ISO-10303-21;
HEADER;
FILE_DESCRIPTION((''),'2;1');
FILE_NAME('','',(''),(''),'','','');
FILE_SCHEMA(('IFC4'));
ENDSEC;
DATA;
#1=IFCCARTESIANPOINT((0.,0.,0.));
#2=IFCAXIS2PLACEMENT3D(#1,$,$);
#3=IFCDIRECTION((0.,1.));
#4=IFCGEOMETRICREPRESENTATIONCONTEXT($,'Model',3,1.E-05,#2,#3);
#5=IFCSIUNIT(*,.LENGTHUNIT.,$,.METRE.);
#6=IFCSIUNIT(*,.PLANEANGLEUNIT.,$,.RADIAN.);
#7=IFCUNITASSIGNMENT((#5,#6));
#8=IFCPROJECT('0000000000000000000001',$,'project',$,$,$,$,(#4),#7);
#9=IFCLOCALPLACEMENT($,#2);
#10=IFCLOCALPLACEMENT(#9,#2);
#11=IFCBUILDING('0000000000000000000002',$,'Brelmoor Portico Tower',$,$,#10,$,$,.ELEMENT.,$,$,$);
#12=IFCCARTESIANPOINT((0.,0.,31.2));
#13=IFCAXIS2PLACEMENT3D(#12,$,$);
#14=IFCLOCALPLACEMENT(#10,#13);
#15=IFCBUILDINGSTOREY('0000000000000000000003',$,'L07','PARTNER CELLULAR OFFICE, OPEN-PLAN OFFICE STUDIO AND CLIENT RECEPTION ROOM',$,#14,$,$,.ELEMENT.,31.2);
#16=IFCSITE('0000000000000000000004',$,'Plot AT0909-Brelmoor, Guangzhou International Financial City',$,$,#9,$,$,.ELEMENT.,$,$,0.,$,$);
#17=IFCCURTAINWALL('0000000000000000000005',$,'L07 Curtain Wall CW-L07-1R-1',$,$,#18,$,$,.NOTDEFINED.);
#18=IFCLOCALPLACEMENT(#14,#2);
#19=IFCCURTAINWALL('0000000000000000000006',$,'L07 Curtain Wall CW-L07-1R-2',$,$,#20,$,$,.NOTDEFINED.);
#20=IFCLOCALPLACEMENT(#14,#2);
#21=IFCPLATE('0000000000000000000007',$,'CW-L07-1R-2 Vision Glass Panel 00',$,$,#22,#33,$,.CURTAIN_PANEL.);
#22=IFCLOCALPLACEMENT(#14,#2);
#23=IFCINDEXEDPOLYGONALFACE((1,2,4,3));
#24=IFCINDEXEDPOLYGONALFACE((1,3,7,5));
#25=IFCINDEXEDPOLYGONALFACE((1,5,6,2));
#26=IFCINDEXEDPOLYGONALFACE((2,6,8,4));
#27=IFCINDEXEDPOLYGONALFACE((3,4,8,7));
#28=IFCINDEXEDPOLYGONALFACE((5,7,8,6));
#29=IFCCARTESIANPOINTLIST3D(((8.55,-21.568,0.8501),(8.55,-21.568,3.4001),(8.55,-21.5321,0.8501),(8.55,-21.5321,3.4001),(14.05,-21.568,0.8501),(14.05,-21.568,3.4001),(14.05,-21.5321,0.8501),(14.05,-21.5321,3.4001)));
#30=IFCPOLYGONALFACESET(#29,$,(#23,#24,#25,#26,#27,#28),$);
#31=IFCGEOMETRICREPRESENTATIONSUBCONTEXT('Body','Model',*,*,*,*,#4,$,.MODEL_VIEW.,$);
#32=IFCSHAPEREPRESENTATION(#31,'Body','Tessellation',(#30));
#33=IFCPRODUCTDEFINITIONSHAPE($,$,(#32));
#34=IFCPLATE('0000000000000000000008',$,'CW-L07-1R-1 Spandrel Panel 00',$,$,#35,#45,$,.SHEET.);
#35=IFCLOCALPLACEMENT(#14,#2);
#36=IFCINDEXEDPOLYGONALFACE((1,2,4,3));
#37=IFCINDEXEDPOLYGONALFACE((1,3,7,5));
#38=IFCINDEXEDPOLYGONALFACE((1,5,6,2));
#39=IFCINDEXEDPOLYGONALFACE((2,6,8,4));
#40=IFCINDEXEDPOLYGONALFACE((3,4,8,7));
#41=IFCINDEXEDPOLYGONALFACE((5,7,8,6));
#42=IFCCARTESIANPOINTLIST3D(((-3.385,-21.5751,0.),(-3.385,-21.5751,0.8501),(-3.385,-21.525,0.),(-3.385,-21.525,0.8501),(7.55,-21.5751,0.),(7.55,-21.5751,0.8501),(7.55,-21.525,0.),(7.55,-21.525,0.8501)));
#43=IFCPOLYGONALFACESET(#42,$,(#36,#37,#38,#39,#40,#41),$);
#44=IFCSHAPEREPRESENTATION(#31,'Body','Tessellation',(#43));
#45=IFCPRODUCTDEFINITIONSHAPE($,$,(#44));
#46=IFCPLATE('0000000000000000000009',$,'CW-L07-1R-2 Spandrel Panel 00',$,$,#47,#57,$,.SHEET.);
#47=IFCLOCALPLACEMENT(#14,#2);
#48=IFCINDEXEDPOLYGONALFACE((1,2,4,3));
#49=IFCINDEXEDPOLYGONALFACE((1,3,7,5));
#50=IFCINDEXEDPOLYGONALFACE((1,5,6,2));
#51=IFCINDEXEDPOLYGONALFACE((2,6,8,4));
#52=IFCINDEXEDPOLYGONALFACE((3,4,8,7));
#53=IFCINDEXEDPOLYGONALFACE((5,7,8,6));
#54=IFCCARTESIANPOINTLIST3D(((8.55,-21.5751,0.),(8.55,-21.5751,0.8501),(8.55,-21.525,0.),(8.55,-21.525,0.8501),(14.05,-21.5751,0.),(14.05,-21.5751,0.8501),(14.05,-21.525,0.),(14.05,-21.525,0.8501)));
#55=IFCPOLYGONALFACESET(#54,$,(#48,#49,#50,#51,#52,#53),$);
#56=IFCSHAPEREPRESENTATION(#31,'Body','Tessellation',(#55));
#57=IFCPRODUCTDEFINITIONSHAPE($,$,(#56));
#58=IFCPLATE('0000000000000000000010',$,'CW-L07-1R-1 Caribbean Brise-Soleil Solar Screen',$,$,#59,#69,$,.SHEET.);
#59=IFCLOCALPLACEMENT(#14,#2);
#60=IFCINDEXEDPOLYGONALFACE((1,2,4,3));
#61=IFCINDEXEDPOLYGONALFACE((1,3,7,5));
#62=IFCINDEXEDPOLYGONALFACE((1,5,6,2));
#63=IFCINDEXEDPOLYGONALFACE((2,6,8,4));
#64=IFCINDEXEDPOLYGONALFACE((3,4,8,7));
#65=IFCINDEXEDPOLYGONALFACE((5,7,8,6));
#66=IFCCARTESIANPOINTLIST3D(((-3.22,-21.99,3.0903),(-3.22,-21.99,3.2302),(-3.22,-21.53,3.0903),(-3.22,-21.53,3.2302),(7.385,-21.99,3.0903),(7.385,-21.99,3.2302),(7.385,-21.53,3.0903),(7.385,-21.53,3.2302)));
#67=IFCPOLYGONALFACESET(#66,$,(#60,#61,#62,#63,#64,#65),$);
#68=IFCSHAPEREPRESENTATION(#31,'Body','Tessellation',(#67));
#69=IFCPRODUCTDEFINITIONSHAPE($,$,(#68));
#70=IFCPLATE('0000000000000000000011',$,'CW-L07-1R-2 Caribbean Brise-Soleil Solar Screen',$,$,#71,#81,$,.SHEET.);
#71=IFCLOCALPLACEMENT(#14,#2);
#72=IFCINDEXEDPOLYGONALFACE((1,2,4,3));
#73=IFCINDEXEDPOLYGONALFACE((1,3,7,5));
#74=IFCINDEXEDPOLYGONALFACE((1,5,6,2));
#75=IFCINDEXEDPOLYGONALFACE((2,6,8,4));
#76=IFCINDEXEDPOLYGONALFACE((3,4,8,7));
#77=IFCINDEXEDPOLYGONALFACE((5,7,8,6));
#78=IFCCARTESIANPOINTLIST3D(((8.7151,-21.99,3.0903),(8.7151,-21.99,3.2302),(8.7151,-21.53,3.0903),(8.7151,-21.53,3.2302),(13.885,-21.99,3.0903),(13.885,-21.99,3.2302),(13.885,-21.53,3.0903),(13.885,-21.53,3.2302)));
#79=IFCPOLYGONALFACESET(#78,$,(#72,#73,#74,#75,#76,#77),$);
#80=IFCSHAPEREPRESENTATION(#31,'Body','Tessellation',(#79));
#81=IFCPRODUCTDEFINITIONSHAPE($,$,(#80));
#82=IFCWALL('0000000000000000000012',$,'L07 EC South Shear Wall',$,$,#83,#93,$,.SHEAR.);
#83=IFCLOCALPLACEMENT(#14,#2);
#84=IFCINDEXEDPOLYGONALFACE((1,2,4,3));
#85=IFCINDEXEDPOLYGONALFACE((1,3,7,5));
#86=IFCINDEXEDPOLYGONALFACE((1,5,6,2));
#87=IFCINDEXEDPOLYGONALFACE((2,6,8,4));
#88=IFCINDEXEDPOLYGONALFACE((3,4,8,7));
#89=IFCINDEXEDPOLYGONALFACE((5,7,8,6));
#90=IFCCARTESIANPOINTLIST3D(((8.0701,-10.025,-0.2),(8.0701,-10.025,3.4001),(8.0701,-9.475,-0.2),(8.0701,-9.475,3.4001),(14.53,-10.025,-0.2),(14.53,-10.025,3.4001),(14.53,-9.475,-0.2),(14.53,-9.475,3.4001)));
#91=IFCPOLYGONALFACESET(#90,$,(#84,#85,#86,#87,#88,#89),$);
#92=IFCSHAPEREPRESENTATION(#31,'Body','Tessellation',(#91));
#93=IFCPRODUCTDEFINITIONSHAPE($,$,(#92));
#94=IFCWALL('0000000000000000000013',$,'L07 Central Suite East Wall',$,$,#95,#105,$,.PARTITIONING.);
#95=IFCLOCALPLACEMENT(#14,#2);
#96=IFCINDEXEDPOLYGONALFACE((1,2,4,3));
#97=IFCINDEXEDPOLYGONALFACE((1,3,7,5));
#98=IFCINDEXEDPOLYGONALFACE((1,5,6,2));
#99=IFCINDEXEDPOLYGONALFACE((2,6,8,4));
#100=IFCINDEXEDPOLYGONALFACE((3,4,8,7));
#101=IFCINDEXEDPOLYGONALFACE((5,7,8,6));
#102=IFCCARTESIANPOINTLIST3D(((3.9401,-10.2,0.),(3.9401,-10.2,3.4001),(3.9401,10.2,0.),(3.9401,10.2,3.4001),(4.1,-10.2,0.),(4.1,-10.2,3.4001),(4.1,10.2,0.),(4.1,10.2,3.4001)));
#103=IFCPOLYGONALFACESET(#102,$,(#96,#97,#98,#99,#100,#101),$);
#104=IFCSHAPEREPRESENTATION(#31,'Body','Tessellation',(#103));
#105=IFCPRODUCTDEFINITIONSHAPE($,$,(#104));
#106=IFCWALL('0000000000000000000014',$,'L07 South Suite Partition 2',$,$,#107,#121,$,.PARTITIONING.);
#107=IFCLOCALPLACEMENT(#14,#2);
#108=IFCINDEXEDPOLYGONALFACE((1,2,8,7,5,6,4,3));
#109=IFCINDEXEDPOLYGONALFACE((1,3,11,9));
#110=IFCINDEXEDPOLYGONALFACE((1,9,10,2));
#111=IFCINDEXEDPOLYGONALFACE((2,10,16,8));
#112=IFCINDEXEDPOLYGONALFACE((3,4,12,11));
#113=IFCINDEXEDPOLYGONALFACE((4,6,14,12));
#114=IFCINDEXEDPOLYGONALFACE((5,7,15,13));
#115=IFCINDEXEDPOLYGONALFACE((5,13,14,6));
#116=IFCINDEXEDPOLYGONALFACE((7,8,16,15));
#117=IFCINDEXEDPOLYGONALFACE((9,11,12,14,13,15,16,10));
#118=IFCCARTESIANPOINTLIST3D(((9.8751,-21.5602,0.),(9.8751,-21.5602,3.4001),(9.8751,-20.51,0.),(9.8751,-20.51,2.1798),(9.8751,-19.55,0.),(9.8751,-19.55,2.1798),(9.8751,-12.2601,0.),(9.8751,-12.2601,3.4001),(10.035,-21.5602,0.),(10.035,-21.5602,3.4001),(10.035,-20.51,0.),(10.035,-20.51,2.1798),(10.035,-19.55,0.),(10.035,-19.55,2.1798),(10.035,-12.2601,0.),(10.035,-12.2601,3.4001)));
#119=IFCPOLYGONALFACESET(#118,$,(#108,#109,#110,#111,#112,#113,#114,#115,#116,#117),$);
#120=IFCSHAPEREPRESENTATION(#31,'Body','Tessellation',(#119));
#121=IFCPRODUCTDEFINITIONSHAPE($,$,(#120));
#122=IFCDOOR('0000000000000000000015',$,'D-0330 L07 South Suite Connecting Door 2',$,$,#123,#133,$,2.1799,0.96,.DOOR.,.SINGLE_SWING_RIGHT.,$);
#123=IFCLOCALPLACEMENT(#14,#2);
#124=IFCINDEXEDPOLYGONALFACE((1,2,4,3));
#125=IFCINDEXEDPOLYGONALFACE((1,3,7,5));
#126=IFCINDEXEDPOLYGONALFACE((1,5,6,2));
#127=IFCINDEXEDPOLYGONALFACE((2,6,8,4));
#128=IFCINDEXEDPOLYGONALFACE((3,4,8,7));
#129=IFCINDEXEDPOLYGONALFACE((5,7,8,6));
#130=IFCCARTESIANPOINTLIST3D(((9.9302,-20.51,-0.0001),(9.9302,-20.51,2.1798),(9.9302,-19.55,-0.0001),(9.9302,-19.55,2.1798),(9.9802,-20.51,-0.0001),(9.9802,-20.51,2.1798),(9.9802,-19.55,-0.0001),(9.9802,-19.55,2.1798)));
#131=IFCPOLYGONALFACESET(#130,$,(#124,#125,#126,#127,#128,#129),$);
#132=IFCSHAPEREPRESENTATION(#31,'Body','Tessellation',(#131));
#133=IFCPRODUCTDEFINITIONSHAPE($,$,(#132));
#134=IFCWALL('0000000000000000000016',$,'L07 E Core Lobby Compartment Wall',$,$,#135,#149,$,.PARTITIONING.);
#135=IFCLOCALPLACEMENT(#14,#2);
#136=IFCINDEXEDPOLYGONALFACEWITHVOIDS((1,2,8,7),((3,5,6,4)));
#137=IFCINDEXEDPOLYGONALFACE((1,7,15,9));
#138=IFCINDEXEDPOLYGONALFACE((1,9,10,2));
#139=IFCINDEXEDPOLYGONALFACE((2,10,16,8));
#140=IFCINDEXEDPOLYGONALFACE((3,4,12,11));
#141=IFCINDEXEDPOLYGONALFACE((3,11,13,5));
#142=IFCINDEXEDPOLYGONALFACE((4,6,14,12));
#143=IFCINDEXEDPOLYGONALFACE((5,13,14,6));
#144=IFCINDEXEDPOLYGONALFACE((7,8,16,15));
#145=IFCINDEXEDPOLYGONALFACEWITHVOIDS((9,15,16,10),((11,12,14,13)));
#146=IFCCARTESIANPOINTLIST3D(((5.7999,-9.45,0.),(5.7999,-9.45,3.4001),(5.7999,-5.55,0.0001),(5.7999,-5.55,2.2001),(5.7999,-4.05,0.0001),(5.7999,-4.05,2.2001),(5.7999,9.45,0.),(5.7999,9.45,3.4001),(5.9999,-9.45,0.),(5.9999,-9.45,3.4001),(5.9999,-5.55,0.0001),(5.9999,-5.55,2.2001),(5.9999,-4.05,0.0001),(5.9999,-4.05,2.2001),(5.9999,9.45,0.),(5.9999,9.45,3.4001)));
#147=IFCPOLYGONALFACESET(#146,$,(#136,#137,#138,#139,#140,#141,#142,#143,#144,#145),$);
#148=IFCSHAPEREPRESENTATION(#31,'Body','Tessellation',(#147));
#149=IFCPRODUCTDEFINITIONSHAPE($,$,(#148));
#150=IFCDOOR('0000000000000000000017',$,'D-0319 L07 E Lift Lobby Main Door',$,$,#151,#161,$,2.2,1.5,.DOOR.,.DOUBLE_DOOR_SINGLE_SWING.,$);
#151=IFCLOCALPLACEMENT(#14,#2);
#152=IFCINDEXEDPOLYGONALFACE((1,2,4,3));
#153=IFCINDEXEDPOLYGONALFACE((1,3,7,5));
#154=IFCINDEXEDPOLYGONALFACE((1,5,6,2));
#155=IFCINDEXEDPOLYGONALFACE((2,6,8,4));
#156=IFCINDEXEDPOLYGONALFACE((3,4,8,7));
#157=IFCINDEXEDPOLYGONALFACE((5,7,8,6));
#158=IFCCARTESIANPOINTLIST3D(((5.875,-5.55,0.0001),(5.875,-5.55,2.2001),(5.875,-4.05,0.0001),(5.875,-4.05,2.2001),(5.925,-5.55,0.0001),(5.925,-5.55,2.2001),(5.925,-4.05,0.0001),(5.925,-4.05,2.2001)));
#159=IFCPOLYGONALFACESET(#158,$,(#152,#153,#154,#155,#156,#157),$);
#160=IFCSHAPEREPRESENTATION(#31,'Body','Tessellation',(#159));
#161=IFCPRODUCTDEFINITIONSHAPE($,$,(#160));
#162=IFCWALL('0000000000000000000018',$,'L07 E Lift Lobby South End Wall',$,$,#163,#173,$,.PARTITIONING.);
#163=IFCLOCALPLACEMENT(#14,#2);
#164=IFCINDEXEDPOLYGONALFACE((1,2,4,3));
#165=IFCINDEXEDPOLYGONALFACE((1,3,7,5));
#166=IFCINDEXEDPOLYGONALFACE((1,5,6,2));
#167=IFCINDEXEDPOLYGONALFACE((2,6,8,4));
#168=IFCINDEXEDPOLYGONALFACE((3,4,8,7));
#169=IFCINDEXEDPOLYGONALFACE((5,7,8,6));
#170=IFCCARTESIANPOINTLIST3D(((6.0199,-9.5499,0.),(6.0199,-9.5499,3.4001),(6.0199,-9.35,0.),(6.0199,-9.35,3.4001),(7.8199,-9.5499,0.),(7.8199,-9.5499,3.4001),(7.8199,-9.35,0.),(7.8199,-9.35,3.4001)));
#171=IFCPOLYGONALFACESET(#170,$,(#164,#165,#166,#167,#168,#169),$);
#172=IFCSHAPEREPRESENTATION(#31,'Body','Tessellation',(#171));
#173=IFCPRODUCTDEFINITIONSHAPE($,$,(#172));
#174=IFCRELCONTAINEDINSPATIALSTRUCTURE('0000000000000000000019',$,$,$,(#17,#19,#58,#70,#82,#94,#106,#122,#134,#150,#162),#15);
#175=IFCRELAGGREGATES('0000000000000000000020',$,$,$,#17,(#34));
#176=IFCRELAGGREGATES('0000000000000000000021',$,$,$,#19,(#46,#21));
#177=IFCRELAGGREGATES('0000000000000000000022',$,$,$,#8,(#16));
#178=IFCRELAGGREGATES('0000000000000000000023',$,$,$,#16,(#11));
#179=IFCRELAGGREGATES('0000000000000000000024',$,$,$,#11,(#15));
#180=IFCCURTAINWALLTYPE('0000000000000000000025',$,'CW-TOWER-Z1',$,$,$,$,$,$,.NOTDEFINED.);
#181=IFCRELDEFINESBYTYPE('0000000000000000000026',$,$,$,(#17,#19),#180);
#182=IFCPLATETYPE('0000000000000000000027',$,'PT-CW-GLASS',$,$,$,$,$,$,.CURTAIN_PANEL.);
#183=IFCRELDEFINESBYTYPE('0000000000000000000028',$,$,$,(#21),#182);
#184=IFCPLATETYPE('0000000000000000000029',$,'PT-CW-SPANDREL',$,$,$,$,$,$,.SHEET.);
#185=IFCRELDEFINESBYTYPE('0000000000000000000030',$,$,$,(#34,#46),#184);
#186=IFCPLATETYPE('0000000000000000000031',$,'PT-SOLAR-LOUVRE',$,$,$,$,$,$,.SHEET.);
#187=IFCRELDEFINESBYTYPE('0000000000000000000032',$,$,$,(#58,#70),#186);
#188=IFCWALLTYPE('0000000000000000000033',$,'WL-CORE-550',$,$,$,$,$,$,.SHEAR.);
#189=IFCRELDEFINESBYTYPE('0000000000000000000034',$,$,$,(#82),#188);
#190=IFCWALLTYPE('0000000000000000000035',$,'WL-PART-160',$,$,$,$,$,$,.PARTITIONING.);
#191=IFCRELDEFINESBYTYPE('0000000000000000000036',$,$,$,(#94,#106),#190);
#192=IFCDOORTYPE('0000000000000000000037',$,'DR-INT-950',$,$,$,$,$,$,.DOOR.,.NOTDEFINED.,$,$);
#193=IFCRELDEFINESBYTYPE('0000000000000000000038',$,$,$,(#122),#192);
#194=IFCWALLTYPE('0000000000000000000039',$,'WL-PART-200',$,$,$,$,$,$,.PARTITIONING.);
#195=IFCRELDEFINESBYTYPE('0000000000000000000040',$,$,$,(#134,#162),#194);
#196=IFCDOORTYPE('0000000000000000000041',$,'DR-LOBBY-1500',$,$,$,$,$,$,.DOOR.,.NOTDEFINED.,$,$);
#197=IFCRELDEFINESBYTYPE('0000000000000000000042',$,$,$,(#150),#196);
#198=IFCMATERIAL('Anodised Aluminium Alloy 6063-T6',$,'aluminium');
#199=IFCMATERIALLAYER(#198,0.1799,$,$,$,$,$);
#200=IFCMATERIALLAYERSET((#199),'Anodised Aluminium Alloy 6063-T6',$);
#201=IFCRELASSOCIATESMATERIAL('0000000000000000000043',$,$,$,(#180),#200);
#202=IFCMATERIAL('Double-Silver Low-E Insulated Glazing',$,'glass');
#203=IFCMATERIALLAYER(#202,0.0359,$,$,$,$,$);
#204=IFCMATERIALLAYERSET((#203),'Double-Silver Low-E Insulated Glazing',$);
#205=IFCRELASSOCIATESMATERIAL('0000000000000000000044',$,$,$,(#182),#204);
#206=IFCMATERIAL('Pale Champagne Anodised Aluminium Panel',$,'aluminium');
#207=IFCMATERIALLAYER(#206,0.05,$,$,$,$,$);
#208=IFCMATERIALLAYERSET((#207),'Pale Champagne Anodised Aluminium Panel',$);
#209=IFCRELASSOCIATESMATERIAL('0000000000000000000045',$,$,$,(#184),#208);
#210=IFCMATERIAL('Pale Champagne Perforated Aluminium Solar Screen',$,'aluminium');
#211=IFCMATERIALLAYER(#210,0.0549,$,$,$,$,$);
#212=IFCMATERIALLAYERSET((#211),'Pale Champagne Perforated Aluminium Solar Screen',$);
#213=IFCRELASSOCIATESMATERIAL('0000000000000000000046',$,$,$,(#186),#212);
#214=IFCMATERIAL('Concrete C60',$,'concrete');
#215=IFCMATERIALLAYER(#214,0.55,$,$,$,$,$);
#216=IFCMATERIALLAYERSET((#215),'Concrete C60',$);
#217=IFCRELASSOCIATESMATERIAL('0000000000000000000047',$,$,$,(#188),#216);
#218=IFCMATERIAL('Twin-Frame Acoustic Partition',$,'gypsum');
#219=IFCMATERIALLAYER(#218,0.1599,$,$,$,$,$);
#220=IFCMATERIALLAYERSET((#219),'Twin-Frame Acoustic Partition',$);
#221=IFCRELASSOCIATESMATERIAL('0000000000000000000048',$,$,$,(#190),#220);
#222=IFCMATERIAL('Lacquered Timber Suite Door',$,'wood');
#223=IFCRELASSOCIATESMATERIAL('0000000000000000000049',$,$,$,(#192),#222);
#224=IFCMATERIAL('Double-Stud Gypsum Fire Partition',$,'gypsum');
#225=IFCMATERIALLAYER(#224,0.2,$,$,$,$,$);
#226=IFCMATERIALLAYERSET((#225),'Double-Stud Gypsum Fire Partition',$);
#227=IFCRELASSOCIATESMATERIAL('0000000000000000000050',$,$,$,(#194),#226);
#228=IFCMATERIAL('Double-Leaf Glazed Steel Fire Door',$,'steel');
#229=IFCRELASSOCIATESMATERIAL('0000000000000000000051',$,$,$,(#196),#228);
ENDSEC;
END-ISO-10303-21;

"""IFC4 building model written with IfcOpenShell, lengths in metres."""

from ifc_helpers import new_model, si_unit, direction, frame, frame_2d, origin, origin_2d, place, context, subcontext, project, spatial, rectangle, extrude, material, layer, layer_set, type_object, element, fill, aggregate, save


model = new_model("IFC4")

# Units and contexts
model_context = context("Model", 3, precision=1e-05, world=origin(), true_north=direction((0.0, 1.0)))
body_context = subcontext(model_context, "Body", "Model", "MODEL_VIEW")
ifc_project = project(units=[si_unit("LENGTHUNIT", "METRE"), si_unit("PLANEANGLEUNIT", "RADIAN")], contexts=[model_context])

# Site, building, storey
site_placement = place(None, origin())
site = spatial("IfcSite", under=ifc_project, at=site_placement, Name="Plot AT0909-Brelmoor, Guangzhou International Financial City", CompositionType="ELEMENT", RefElevation=0.0)
building_placement = place(site_placement, origin())
building = spatial("IfcBuilding", under=site, at=building_placement, Name="Brelmoor Portico Tower", CompositionType="ELEMENT")
storey_placement = place(building_placement, frame((0.0, 0.0, 31.2)))
storey = spatial("IfcBuildingStorey", under=building, at=storey_placement, Name="L07", Description="PARTNER CELLULAR OFFICE, OPEN-PLAN OFFICE STUDIO AND CLIENT RECEPTION ROOM", CompositionType="ELEMENT", Elevation=31.2)

# Curtain wall
ifc_material_1 = material(Name="Anodised Aluminium Alloy 6063-T6", Category="aluminium")
ifc_layer_1 = layer(ifc_material_1, 0.1799)
ifc_layer_set_1 = layer_set([ifc_layer_1], Name="Anodised Aluminium Alloy 6063-T6")
curtain_wall_type = type_object("IfcCurtainWallType", Name="CW-TOWER-Z1", PredefinedType="NOTDEFINED", material=ifc_layer_set_1)
curtain_wall_1_placement = place(storey_placement, origin())
curtain_wall_1 = element("IfcCurtainWall", 1, at=curtain_wall_1_placement, inside=storey, type_object=curtain_wall_type, Name="L07 Curtain Wall CW-L07-1R-1", PredefinedType="NOTDEFINED")

# Curtain wall
curtain_wall_2_placement = place(storey_placement, origin())
curtain_wall_2 = element("IfcCurtainWall", 2, at=curtain_wall_2_placement, inside=storey, type_object=curtain_wall_type, Name="L07 Curtain Wall CW-L07-1R-2", PredefinedType="NOTDEFINED")

# Plates
ifc_material_2 = material(Name="Double-Silver Low-E Insulated Glazing", Category="glass")
ifc_layer_2 = layer(ifc_material_2, 0.0359)
ifc_layer_set_2 = layer_set([ifc_layer_2], Name="Double-Silver Low-E Insulated Glazing")
plate_type_1 = type_object("IfcPlateType", Name="PT-CW-GLASS", PredefinedType="CURTAIN_PANEL", material=ifc_layer_set_2)
plate_1_placement = place(storey_placement, frame((11.3, -21.55, 0.8501), z_axis=(0.0, 0.0, 1.0), x_axis=(1.0, 0.0, 0.0)))
plate_1 = element("IfcPlate", 3, at=plate_1_placement, type_object=plate_type_1, Name="CW-L07-1R-2 Vision Glass Panel 00", PredefinedType="CURTAIN_PANEL", context=body_context, shape_type="SweptSolid", body=[
    extrude(rectangle(XDim=5.5, YDim=0.0359, at=origin_2d()), origin(), (0.0, 0.0, 1.0), 2.55),
])
ifc_material_3 = material(Name="Pale Champagne Anodised Aluminium Panel", Category="aluminium")
ifc_layer_3 = layer(ifc_material_3, 0.05)
ifc_layer_set_3 = layer_set([ifc_layer_3], Name="Pale Champagne Anodised Aluminium Panel")
plate_type_2 = type_object("IfcPlateType", Name="PT-CW-SPANDREL", PredefinedType="SHEET", material=ifc_layer_set_3)
plate_2_placement = place(storey_placement, frame((2.0825, -21.55, 0.0), z_axis=(0.0, 0.0, 1.0), x_axis=(1.0, 0.0, 0.0)))
plate_2 = element("IfcPlate", 4, at=plate_2_placement, type_object=plate_type_2, Name="CW-L07-1R-1 Spandrel Panel 00", PredefinedType="SHEET", context=body_context, shape_type="SweptSolid", body=[
    extrude(rectangle(XDim=10.9351, YDim=0.05, at=origin_2d()), origin(), (0.0, 0.0, 1.0), 0.8501),
])
aggregate(curtain_wall_1, [plate_2])
plate_3_placement = place(storey_placement, frame((11.3, -21.55, 0.0), z_axis=(0.0, 0.0, 1.0), x_axis=(1.0, 0.0, 0.0)))
plate_3 = element("IfcPlate", 5, at=plate_3_placement, type_object=plate_type_2, Name="CW-L07-1R-2 Spandrel Panel 00", PredefinedType="SHEET", context=body_context, shape_type="SweptSolid", body=[
    extrude(rectangle(XDim=5.5, YDim=0.05, at=origin_2d()), origin(), (0.0, 0.0, 1.0), 0.8501),
])
aggregate(curtain_wall_2, [plate_3, plate_1])

# Plates
ifc_material_4 = material(Name="Pale Champagne Perforated Aluminium Solar Screen", Category="aluminium")
ifc_layer_4 = layer(ifc_material_4, 0.0549)
ifc_layer_set_4 = layer_set([ifc_layer_4], Name="Pale Champagne Perforated Aluminium Solar Screen")
plate_type_3 = type_object("IfcPlateType", Name="PT-SOLAR-LOUVRE", PredefinedType="SHEET", material=ifc_layer_set_4)
plate_4_placement = place(storey_placement, frame((2.0825, -21.76, 3.0903), z_axis=(0.0, 0.0, 1.0), x_axis=(1.0, 0.0, 0.0)))
element("IfcPlate", 6, at=plate_4_placement, inside=storey, type_object=plate_type_3, Name="CW-L07-1R-1 Caribbean Brise-Soleil Solar Screen", PredefinedType="SHEET", context=body_context, shape_type="SweptSolid", body=[
    extrude(rectangle(XDim=10.605, YDim=0.46, at=origin_2d()), origin(), (0.0, 0.0, 1.0), 0.1399),
])
plate_5_placement = place(storey_placement, frame((11.3, -21.76, 3.0903), z_axis=(0.0, 0.0, 1.0), x_axis=(1.0, 0.0, 0.0)))
element("IfcPlate", 7, at=plate_5_placement, inside=storey, type_object=plate_type_3, Name="CW-L07-1R-2 Caribbean Brise-Soleil Solar Screen", PredefinedType="SHEET", context=body_context, shape_type="SweptSolid", body=[
    extrude(rectangle(XDim=5.1699, YDim=0.46, at=origin_2d()), origin(), (0.0, 0.0, 1.0), 0.1399),
])

# Wall
ifc_material_5 = material(Name="Concrete C60", Category="concrete")
ifc_layer_5 = layer(ifc_material_5, 0.55)
ifc_layer_set_5 = layer_set([ifc_layer_5], Name="Concrete C60")
wall_type_1 = type_object("IfcWallType", Name="WL-CORE-550", PredefinedType="SHEAR", material=ifc_layer_set_5)
wall_1_placement = place(storey_placement, frame((8.0701, -9.75, -0.2), z_axis=(0.0, 0.0, 1.0), x_axis=(1.0, 0.0, 0.0)))
element("IfcWall", 8, at=wall_1_placement, inside=storey, type_object=wall_type_1, Name="L07 EC South Shear Wall", PredefinedType="SHEAR", context=body_context, shape_type="SweptSolid", body=[
    extrude(rectangle(XDim=6.46, YDim=0.55, at=frame_2d((3.23, 0.0))), origin(), (0.0, 0.0, 1.0), 3.6001),
])

# Shared definitions
ifc_material_6 = material(Name="Twin-Frame Acoustic Partition", Category="gypsum")
ifc_layer_6 = layer(ifc_material_6, 0.1599)
ifc_layer_set_6 = layer_set([ifc_layer_6], Name="Twin-Frame Acoustic Partition")
wall_type_2 = type_object("IfcWallType", Name="WL-PART-160", PredefinedType="PARTITIONING", material=ifc_layer_set_6)
ifc_material_7 = material(Name="Lacquered Timber Suite Door", Category="wood")

# Wall
wall_2_placement = place(storey_placement, frame((4.02, -10.2, 0.0), z_axis=(0.0, 0.0, 1.0), x_axis=(0.0, 1.0, 0.0)))
element("IfcWall", 9, at=wall_2_placement, inside=storey, type_object=wall_type_2, Name="L07 Central Suite East Wall", PredefinedType="PARTITIONING", context=body_context, shape_type="SweptSolid", body=[
    extrude(rectangle(XDim=20.3999, YDim=0.1599, at=frame_2d((10.2, 0.0))), origin(), (0.0, 0.0, 1.0), 3.4001),
])

# Walls, openings, doors
wall_3_placement = place(storey_placement, frame((9.9551, -21.5601, 0.0), z_axis=(0.0, 0.0, 1.0), x_axis=(0.0, 1.0, 0.0)))
wall_3 = element("IfcWall", 10, at=wall_3_placement, inside=storey, type_object=wall_type_2, Name="L07 South Suite Partition 2", PredefinedType="PARTITIONING", context=body_context, shape_type="SweptSolid", body=[
    extrude(rectangle(XDim=9.3, YDim=0.1599, at=frame_2d((4.6499, 0.0))), origin(), (0.0, 0.0, 1.0), 3.4001),
])
opening_1_placement = place(wall_3_placement, frame((1.05, 0.0, 0.0)))
opening_1 = element("IfcOpeningElement", 11, at=opening_1_placement, cuts=wall_3, PredefinedType="OPENING", context=body_context, shape_type="SweptSolid", body=[
    extrude(rectangle(XDim=0.96, YDim=2.1799, at=frame_2d((0.48, 1.0898))), frame((0.0, 0.0898, 0.0), z_axis=(0.0, -1.0, 0.0), x_axis=(1.0, 0.0, 0.0)), (0.0, 0.0, 1.0), 0.1799),
])
door_type_1 = type_object("IfcDoorType", Name="DR-INT-950", OperationType="NOTDEFINED", PredefinedType="DOOR", material=ifc_material_7)
door_1_placement = place(opening_1_placement, origin())
door_1 = element("IfcDoor", 12, at=door_1_placement, inside=storey, type_object=door_type_1, Name="D-0330 L07 South Suite Connecting Door 2", OperationType="SINGLE_SWING_RIGHT", OverallHeight=2.1799, OverallWidth=0.96, PredefinedType="DOOR", context=body_context, shape_type="SweptSolid", body=[
    extrude(rectangle(XDim=0.96, YDim=2.1799, at=frame_2d((0.48, 1.0898))), frame((0.0, 0.0249, 0.0), z_axis=(0.0, -1.0, 0.0), x_axis=(1.0, 0.0, 0.0)), (0.0, 0.0, 1.0), 0.05),
])
fill(opening_1, door_1)
ifc_material_8 = material(Name="Double-Stud Gypsum Fire Partition", Category="gypsum")
ifc_layer_7 = layer(ifc_material_8, 0.2)
ifc_layer_set_7 = layer_set([ifc_layer_7], Name="Double-Stud Gypsum Fire Partition")
wall_type_3 = type_object("IfcWallType", Name="WL-PART-200", PredefinedType="PARTITIONING", material=ifc_layer_set_7)
wall_4_placement = place(storey_placement, frame((5.8999, -9.45, 0.0), z_axis=(0.0, 0.0, 1.0), x_axis=(0.0, 1.0, 0.0)))
wall_4 = element("IfcWall", 13, at=wall_4_placement, inside=storey, type_object=wall_type_3, Name="L07 E Core Lobby Compartment Wall", PredefinedType="PARTITIONING", context=body_context, shape_type="SweptSolid", body=[
    extrude(rectangle(XDim=18.8999, YDim=0.2, at=frame_2d((9.45, 0.0))), origin(), (0.0, 0.0, 1.0), 3.4001),
])
opening_2_placement = place(wall_4_placement, frame((3.8999, 0.0, 0.0)))
opening_2 = element("IfcOpeningElement", 14, at=opening_2_placement, cuts=wall_4, PredefinedType="OPENING", context=body_context, shape_type="SweptSolid", body=[
    extrude(rectangle(XDim=1.5, YDim=2.2, at=frame_2d((0.75, 1.1001))), frame((0.0, 0.1099, 0.0), z_axis=(0.0, -1.0, 0.0), x_axis=(1.0, 0.0, 0.0)), (0.0, 0.0, 1.0), 0.22),
])
ifc_material_9 = material(Name="Double-Leaf Glazed Steel Fire Door", Category="steel")
door_type_2 = type_object("IfcDoorType", Name="DR-LOBBY-1500", OperationType="NOTDEFINED", PredefinedType="DOOR", material=ifc_material_9)
door_2_placement = place(opening_2_placement, origin())
door_2 = element("IfcDoor", 15, at=door_2_placement, inside=storey, type_object=door_type_2, Name="D-0319 L07 E Lift Lobby Main Door", OperationType="DOUBLE_DOOR_SINGLE_SWING", OverallHeight=2.2, OverallWidth=1.5, PredefinedType="DOOR", context=body_context, shape_type="SweptSolid", body=[
    extrude(rectangle(XDim=1.5, YDim=2.2, at=frame_2d((0.75, 1.1001))), frame((0.0, 0.0249, 0.0), z_axis=(0.0, -1.0, 0.0), x_axis=(1.0, 0.0, 0.0)), (0.0, 0.0, 1.0), 0.05),
])
fill(opening_2, door_2)

# Wall
wall_5_placement = place(storey_placement, frame((6.02, -9.45, 0.0), z_axis=(0.0, 0.0, 1.0), x_axis=(1.0, 0.0, 0.0)))
element("IfcWall", 16, at=wall_5_placement, inside=storey, type_object=wall_type_3, Name="L07 E Lift Lobby South End Wall", PredefinedType="PARTITIONING", context=body_context, shape_type="SweptSolid", body=[
    extrude(rectangle(XDim=1.8, YDim=0.2, at=frame_2d((0.8999, 0.0))), origin(), (0.0, 0.0, 1.0), 3.4001),
])

save(model, "model.ifc")
